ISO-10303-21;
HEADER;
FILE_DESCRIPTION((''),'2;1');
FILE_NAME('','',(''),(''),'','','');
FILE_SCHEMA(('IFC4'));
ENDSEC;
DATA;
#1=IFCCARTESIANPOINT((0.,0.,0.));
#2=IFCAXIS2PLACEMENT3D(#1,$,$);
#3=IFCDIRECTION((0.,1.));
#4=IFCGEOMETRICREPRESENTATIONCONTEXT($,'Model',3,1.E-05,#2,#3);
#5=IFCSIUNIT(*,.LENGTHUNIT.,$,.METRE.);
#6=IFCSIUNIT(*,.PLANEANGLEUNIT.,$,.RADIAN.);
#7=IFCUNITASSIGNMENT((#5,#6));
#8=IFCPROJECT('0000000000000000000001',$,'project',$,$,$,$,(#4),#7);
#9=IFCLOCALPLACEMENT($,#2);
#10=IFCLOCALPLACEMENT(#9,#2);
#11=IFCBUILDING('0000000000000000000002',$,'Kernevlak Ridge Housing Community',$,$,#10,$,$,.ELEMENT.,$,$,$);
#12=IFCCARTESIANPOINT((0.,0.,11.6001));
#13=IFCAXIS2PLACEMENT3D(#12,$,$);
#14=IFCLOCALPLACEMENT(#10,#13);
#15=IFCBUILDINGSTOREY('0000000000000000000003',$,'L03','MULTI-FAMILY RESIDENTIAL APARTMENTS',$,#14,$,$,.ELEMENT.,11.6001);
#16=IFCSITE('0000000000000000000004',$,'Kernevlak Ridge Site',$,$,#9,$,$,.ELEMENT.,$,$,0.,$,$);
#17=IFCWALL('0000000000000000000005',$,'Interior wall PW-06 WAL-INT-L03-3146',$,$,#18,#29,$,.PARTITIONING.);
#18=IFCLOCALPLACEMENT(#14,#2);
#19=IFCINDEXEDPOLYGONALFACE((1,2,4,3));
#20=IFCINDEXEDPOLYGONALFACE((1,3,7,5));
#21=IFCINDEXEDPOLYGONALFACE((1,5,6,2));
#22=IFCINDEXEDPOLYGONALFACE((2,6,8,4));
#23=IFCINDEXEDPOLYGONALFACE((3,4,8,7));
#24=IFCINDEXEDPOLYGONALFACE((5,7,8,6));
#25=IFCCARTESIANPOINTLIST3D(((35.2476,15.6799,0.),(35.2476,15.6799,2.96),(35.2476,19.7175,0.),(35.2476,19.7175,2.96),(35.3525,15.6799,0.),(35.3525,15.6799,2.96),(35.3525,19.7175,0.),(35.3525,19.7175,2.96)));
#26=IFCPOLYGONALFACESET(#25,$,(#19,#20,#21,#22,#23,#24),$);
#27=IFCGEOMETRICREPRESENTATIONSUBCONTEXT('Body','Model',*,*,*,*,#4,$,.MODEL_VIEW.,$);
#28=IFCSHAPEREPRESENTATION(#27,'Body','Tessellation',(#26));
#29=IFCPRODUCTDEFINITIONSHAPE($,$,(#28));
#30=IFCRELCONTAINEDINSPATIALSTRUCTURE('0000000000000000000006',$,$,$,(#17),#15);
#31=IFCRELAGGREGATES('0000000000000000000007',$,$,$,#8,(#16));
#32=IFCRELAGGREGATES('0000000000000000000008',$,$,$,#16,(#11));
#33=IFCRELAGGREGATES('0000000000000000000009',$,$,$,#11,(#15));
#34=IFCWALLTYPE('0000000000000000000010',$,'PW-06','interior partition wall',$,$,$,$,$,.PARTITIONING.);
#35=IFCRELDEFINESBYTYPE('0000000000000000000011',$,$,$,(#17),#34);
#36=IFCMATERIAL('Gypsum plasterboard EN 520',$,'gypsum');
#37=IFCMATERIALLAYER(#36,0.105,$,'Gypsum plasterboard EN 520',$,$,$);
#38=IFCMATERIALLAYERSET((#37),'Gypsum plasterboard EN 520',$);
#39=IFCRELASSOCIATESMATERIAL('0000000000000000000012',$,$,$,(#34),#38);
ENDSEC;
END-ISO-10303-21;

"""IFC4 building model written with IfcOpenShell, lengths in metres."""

from ifc_helpers import new_model, si_unit, direction, frame, frame_2d, origin, place, context, subcontext, project, spatial, rectangle, extrude, material, layer, layer_set, type_object, element, save


model = new_model("IFC4")

# Units and contexts
model_context = context("Model", 3, precision=1e-05, world=origin(), true_north=direction((0.0, 1.0)))
body_context = subcontext(model_context, "Body", "Model", "MODEL_VIEW")
ifc_project = project(units=[si_unit("LENGTHUNIT", "METRE"), si_unit("PLANEANGLEUNIT", "RADIAN")], contexts=[model_context])

# Site, building, storey
site_placement = place(None, origin())
site = spatial("IfcSite", under=ifc_project, at=site_placement, Name="Kernevlak Ridge Site", CompositionType="ELEMENT", RefElevation=0.0)
building_placement = place(site_placement, origin())
building = spatial("IfcBuilding", under=site, at=building_placement, Name="Kernevlak Ridge Housing Community", CompositionType="ELEMENT")
storey_placement = place(building_placement, frame((0.0, 0.0, 11.6001)))
storey = spatial("IfcBuildingStorey", under=building, at=storey_placement, Name="L03", Description="MULTI-FAMILY RESIDENTIAL APARTMENTS", CompositionType="ELEMENT", Elevation=11.6001)

# Shared definitions
ifc_material_1 = material(Name="Gypsum plasterboard EN 520", Category="gypsum")

# Wall
ifc_layer_1 = layer(ifc_material_1, 0.105, Name="Gypsum plasterboard EN 520")
ifc_layer_set_1 = layer_set([ifc_layer_1], Name="Gypsum plasterboard EN 520")
wall_type_1 = type_object("IfcWallType", Name="PW-06", Description="interior partition wall", PredefinedType="PARTITIONING", material=ifc_layer_set_1)
wall_1_placement = place(storey_placement, frame((35.3, 19.7175, 0.0), z_axis=(0.0, 0.0, 1.0), x_axis=(0.0, -1.0, 0.0)))
element("IfcWall", 1, at=wall_1_placement, inside=storey, type_object=wall_type_1, Name="Interior wall PW-06 WAL-INT-L03-3146", PredefinedType="PARTITIONING", context=body_context, shape_type="SweptSolid", body=[
    extrude(rectangle(XDim=4.0376, YDim=0.105, at=frame_2d((2.0188, 0.0))), origin(), (0.0, 0.0, 1.0), 2.96),
])

save(model, "model.ifc")
